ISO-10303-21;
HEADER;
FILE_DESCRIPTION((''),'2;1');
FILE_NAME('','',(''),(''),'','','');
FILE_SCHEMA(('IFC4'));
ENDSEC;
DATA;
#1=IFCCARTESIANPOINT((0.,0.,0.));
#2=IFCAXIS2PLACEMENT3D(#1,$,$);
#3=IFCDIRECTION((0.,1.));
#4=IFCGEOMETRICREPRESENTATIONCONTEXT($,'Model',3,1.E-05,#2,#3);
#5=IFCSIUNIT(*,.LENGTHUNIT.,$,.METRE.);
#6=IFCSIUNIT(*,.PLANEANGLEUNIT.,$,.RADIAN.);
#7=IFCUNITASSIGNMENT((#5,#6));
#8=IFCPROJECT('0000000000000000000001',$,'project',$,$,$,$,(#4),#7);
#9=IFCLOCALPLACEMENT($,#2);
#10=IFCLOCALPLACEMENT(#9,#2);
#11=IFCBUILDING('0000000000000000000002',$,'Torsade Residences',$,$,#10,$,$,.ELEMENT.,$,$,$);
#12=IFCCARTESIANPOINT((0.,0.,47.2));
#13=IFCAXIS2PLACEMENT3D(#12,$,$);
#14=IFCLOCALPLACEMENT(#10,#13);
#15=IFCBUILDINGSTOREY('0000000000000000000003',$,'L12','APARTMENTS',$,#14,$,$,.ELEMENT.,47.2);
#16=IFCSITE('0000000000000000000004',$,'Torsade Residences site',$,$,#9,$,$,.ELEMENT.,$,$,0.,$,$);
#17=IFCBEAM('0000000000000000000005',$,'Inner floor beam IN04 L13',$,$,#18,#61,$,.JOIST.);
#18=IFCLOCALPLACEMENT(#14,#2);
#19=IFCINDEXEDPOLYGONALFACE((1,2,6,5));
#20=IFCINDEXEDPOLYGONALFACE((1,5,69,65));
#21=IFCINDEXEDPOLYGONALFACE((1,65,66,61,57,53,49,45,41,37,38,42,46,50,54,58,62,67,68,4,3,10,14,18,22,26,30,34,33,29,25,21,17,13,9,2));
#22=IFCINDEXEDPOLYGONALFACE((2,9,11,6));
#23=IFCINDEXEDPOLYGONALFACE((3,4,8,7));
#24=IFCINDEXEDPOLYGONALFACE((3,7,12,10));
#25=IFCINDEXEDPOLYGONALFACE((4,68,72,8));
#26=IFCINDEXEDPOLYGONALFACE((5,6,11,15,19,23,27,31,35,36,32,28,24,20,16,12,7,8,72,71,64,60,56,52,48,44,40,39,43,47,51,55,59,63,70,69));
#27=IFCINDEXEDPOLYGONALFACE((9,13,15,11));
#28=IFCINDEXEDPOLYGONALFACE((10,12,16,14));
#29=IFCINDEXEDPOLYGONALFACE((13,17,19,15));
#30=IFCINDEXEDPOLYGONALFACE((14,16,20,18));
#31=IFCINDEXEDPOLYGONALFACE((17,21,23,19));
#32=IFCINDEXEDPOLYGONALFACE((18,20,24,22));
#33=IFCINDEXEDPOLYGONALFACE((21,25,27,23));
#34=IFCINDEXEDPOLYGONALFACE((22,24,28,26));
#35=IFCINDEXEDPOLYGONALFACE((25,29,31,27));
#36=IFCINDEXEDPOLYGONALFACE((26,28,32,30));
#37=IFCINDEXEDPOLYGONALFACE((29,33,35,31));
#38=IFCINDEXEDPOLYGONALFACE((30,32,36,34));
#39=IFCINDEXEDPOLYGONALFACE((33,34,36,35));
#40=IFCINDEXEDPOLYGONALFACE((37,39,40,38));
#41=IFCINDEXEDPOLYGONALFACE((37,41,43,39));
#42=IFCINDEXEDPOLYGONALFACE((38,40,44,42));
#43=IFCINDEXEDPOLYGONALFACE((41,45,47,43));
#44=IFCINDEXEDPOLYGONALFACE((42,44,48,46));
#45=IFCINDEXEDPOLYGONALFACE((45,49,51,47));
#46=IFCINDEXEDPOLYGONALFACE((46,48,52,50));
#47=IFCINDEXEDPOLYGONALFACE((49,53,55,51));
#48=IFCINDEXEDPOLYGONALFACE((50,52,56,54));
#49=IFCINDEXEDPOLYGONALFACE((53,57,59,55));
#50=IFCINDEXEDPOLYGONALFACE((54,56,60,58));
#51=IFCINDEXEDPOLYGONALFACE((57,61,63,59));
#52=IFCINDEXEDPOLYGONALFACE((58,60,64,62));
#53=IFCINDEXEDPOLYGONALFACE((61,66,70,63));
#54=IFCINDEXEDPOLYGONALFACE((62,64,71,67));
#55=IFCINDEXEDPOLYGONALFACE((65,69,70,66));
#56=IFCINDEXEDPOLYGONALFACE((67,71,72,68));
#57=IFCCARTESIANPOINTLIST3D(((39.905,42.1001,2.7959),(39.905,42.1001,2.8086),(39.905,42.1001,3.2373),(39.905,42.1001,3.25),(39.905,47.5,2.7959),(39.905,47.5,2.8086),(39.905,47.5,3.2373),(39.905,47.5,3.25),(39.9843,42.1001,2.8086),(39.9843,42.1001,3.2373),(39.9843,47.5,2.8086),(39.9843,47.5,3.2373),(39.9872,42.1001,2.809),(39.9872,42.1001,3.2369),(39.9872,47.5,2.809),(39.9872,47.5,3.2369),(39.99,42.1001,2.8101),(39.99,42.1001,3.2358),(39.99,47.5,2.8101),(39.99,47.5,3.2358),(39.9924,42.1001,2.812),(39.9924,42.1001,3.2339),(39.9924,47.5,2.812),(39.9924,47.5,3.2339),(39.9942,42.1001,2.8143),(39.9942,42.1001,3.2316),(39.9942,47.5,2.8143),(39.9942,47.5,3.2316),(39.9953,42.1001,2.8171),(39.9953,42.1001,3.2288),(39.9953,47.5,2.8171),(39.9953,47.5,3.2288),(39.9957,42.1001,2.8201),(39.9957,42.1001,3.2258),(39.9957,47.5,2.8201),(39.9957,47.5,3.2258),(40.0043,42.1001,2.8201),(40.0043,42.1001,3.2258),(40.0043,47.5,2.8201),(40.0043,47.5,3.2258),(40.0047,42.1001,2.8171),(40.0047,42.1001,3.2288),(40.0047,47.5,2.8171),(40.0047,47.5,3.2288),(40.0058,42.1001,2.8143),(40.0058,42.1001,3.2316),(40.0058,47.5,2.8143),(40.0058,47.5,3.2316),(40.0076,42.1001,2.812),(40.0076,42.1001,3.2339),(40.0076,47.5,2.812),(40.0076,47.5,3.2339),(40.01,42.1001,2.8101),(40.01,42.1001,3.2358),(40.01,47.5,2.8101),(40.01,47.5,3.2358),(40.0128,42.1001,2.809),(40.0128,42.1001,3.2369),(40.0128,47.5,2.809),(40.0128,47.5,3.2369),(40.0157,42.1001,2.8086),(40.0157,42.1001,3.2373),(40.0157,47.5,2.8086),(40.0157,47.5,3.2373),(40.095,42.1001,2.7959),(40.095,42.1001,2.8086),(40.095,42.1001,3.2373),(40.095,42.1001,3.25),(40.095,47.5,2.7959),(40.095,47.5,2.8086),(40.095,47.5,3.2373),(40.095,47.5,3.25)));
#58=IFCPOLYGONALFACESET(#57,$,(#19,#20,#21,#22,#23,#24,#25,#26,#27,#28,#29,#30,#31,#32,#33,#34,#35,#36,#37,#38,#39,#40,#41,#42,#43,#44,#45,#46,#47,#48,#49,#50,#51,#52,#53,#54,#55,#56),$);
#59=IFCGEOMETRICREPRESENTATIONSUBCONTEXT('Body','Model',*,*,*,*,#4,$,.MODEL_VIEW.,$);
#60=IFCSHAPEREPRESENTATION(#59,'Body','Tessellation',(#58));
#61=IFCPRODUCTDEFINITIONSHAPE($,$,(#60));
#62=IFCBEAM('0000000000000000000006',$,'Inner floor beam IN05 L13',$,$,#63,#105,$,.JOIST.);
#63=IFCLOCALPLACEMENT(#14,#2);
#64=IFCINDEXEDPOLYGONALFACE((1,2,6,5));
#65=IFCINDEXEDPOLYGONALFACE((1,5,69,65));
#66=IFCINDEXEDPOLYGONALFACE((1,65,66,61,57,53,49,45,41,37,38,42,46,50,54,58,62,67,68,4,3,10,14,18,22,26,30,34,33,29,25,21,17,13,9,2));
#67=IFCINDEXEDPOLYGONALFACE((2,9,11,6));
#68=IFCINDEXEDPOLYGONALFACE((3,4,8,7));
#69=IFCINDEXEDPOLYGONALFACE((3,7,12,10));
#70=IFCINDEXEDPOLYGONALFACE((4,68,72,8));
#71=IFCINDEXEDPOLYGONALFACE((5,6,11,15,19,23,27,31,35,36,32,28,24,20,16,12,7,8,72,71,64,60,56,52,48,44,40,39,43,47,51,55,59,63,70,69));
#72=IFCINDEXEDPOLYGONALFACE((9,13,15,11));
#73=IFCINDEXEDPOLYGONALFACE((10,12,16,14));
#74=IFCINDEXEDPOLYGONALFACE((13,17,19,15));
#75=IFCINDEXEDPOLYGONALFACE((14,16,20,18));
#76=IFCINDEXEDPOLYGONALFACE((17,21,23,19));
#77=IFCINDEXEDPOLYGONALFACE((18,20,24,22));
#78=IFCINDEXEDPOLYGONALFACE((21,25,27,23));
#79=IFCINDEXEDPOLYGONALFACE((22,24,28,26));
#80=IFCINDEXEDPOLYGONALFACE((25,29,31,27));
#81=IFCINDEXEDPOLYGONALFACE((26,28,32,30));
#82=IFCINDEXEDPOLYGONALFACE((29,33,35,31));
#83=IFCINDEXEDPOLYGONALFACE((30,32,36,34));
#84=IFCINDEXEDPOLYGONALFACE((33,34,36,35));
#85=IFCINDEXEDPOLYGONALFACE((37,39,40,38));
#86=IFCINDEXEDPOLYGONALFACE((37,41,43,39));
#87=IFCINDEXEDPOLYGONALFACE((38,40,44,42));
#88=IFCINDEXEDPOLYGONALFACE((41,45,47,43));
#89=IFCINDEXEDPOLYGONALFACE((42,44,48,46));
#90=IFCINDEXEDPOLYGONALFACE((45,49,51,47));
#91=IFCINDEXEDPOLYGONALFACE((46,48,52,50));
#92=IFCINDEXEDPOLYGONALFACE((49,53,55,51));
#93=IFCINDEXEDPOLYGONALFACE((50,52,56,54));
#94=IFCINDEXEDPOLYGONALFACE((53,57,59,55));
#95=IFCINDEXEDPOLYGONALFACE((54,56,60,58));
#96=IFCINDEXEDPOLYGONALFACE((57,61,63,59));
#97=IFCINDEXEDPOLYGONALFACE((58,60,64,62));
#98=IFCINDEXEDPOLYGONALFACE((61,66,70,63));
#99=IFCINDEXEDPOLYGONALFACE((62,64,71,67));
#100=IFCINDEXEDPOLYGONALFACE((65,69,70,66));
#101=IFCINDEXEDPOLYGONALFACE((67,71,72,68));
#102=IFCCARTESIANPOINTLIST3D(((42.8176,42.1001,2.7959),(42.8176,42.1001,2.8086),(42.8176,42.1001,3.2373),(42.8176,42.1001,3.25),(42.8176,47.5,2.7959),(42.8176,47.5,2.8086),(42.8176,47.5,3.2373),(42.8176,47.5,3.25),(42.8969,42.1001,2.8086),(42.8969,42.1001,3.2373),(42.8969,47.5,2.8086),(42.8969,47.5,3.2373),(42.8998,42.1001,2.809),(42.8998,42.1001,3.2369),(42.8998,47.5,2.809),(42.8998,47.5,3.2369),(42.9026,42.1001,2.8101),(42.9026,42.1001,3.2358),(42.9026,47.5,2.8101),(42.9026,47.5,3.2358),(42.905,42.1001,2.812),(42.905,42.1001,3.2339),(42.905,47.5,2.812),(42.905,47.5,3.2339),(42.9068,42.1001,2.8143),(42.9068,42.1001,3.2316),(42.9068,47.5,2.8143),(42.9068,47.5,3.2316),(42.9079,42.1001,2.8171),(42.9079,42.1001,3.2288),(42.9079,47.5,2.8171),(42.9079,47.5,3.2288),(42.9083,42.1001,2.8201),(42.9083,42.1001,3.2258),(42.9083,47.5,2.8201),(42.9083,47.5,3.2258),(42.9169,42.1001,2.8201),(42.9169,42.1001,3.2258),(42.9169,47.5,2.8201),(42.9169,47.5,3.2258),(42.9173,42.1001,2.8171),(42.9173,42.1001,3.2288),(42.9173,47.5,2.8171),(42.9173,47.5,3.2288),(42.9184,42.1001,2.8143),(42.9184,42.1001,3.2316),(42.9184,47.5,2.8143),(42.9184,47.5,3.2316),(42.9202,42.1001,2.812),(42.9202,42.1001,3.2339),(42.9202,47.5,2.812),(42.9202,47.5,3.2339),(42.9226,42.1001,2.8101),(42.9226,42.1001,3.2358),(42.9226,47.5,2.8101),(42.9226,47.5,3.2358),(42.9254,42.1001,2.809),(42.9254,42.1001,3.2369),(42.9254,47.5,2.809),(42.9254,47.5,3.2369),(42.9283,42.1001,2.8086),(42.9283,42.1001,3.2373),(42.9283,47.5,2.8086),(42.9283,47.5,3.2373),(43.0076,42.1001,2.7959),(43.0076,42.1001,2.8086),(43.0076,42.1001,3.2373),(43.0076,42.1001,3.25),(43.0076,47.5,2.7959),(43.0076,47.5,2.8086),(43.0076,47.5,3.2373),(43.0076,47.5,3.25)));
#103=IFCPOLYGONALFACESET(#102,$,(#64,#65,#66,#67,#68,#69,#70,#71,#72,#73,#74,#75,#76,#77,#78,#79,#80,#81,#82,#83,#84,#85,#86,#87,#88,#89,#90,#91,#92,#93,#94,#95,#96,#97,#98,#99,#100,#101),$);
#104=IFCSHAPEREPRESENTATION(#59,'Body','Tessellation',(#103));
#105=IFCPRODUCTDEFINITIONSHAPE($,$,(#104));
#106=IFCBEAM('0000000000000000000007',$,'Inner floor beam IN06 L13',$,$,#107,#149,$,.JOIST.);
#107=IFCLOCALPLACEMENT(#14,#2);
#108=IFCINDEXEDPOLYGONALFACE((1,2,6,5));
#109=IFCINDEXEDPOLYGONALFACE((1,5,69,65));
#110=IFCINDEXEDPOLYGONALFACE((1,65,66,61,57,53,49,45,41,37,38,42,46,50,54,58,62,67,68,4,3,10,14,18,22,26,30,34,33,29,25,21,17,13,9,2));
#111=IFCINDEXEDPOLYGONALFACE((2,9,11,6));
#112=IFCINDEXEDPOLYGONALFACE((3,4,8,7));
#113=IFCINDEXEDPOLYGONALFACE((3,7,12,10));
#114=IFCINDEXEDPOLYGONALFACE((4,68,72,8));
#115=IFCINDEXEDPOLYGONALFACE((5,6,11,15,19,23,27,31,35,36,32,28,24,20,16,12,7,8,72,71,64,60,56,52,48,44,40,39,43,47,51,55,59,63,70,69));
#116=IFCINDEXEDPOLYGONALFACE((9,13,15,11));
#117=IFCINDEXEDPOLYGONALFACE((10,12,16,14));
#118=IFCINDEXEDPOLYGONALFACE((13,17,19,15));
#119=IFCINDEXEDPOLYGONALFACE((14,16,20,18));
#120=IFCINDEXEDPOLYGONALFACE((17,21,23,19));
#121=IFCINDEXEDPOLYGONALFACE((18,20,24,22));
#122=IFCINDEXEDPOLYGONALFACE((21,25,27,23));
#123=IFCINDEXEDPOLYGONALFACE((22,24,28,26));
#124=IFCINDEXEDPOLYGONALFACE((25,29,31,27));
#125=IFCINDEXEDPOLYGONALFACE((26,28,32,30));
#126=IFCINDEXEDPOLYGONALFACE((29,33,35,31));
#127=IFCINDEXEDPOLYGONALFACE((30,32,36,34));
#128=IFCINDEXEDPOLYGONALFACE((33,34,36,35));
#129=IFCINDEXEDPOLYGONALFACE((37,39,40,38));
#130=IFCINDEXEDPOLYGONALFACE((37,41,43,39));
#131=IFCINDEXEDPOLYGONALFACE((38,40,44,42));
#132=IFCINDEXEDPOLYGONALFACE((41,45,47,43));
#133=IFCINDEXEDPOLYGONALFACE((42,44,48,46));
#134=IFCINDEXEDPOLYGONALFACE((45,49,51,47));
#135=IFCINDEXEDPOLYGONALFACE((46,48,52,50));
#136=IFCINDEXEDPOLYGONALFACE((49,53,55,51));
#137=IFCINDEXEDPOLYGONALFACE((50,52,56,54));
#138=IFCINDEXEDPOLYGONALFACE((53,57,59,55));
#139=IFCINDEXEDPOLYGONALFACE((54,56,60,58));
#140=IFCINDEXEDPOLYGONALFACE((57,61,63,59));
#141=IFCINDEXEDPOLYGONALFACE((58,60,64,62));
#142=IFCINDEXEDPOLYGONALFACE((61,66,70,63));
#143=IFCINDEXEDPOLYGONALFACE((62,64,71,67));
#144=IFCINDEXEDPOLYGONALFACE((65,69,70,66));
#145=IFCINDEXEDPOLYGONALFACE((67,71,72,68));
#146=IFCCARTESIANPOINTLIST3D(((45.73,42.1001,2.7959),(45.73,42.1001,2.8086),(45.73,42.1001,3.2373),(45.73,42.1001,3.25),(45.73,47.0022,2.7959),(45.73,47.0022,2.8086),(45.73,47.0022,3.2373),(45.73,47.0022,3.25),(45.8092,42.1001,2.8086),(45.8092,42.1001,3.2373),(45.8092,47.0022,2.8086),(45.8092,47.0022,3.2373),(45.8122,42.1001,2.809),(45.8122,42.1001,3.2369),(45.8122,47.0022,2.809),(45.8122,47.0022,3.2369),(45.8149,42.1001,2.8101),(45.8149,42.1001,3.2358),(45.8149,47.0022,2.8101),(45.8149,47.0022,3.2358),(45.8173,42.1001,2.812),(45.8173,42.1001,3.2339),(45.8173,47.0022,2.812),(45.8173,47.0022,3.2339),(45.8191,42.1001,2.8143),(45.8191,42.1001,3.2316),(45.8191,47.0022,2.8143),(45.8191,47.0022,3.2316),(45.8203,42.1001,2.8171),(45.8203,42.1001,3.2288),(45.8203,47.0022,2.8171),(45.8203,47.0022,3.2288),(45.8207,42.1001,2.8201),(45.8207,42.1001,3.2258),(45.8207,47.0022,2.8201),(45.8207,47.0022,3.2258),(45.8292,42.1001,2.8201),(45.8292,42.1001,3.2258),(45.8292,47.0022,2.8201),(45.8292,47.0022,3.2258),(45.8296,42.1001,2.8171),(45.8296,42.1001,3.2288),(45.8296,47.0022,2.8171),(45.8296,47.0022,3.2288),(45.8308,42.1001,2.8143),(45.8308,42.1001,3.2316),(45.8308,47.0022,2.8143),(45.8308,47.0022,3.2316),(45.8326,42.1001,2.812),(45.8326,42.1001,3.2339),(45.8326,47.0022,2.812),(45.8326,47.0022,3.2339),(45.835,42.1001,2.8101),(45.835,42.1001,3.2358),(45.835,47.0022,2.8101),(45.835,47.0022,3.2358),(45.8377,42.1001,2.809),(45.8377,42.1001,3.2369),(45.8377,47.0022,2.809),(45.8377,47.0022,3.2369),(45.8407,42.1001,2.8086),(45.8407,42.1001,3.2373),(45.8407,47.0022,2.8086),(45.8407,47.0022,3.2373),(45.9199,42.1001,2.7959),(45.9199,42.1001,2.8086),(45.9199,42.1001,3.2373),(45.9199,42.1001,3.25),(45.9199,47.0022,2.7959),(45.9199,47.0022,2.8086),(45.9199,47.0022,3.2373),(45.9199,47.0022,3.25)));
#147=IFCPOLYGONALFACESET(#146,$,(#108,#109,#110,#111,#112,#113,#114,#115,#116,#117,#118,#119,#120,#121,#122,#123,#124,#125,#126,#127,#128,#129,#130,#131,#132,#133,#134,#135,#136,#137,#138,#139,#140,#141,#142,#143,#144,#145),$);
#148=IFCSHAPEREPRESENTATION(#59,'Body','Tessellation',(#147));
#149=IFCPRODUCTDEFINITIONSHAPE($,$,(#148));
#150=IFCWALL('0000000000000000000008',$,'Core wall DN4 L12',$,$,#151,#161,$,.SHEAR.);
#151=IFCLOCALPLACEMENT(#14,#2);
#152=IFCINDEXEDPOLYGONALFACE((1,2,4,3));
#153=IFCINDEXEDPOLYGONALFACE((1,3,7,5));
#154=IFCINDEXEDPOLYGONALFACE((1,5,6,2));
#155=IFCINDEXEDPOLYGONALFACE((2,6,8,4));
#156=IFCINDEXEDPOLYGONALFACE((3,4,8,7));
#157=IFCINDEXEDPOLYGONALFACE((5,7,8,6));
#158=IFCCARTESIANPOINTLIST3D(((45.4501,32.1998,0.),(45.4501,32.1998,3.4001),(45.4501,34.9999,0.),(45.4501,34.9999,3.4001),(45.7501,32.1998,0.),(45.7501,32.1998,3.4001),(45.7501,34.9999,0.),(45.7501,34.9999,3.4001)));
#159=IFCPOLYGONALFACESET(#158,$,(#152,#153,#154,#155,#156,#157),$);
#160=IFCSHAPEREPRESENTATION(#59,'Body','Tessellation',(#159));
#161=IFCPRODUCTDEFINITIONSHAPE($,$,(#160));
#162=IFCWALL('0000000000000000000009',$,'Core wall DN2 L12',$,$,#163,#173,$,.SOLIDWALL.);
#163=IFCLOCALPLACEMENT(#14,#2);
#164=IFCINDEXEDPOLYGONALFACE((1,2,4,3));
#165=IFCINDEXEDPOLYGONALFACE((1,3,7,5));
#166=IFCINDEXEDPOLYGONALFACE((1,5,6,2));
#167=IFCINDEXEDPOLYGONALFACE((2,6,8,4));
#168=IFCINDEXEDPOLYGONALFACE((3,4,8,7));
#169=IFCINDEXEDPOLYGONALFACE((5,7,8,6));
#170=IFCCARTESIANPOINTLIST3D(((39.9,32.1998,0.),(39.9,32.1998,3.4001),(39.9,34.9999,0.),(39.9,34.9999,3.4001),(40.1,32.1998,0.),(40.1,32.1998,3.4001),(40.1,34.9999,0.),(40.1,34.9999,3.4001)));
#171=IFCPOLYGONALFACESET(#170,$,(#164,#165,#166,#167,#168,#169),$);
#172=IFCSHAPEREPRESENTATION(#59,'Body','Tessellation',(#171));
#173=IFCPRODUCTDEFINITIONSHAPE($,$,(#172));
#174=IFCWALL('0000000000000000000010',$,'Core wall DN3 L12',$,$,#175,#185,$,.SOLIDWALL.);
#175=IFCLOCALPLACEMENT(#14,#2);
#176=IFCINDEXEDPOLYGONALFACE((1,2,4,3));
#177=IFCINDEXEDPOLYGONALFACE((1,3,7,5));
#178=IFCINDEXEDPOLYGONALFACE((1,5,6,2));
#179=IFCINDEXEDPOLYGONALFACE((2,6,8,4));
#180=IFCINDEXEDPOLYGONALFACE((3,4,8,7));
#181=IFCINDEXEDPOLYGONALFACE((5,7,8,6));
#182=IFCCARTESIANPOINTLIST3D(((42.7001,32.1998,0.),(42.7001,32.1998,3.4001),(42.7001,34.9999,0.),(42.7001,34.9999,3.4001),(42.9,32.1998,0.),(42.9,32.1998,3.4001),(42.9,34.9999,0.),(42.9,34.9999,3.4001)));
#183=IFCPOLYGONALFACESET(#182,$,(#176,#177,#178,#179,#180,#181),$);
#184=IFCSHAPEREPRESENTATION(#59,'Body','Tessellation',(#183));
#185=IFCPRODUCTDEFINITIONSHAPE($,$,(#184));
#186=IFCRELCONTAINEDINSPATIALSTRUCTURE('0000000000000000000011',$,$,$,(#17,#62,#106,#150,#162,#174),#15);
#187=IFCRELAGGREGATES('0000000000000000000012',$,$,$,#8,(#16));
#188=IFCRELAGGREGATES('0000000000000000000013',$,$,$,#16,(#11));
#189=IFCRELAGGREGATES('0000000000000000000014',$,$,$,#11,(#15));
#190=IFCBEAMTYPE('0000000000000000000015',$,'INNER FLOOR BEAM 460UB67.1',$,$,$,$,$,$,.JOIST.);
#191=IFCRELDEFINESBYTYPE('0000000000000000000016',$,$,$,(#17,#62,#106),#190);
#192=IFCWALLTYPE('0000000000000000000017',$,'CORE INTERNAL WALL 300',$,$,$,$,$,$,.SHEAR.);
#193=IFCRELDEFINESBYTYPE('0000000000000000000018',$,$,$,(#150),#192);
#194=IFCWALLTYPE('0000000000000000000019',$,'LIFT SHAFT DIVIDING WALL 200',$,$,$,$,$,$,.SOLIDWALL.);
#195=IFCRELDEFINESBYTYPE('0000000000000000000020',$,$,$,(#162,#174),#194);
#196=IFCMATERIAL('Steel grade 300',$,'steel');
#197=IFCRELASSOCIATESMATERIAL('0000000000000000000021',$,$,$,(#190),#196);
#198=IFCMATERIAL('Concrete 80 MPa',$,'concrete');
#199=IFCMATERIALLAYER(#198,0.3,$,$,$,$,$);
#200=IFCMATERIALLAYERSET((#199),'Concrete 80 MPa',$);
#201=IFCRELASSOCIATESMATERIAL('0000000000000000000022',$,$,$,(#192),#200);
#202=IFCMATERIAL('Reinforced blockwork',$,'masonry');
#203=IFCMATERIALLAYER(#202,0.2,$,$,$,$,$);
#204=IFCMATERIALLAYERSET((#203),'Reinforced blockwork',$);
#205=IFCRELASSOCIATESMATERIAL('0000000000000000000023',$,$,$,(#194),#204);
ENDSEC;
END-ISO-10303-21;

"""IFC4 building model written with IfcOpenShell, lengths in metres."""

from ifc_helpers import new_model, si_unit, direction, frame, frame_2d, origin, origin_2d, place, context, subcontext, project, spatial, rectangle, i_section, extrude, material, layer, layer_set, material_profile, profile_set, type_object, element, save


model = new_model("IFC4")

# Units and contexts
model_context = context("Model", 3, precision=1e-05, world=origin(), true_north=direction((0.0, 1.0)))
body_context = subcontext(model_context, "Body", "Model", "MODEL_VIEW")
ifc_project = project(units=[si_unit("LENGTHUNIT", "METRE"), si_unit("PLANEANGLEUNIT", "RADIAN")], contexts=[model_context])

# Site, building, storey
site_placement = place(None, origin())
site = spatial("IfcSite", under=ifc_project, at=site_placement, Name="Torsade Residences site", CompositionType="ELEMENT", RefElevation=0.0)
building_placement = place(site_placement, origin())
building = spatial("IfcBuilding", under=site, at=building_placement, Name="Torsade Residences", CompositionType="ELEMENT")
storey_placement = place(building_placement, frame((0.0, 0.0, 47.2)))
storey = spatial("IfcBuildingStorey", under=building, at=storey_placement, Name="L12", Description="APARTMENTS", CompositionType="ELEMENT", Elevation=47.2)

# Beams
ifc_material_1 = material(Name="Steel grade 300", Category="steel")
ifc_material_profile = material_profile(ifc_material_1, i_section(OverallWidth=0.1899, OverallDepth=0.4541, WebThickness=0.0085, FlangeThickness=0.0127, FilletRadius=0.0115, at=origin_2d()), Name="460UB67.1")
ifc_profile_set = profile_set([ifc_material_profile], Name="Steel grade 300")
beam_type = type_object("IfcBeamType", Name="INNER FLOOR BEAM 460UB67.1", PredefinedType="JOIST", material=ifc_profile_set)
for number, where, z_axis, x_axis, name in (
    (1, (40.0, 42.1001, 3.0229), (0.0, 1.0, 0.0), (-1.0, 0.0, 0.0), "Inner floor beam IN04 L13"),
    (2, (42.9126, 42.1001, 3.0229), (0.0, 1.0, 0.0), (-1.0, 0.0, 0.0), "Inner floor beam IN05 L13"),
):
    element("IfcBeam", number, at=place(storey_placement, frame(where, z_axis=z_axis, x_axis=x_axis)), inside=storey, type_object=beam_type, Name=name, PredefinedType="JOIST", context=body_context, shape_type="SweptSolid", body=[
        extrude(i_section(OverallWidth=0.1899, OverallDepth=0.4541, WebThickness=0.0085, FlangeThickness=0.0127, FilletRadius=0.0115, at=origin_2d()), origin(), (0.0, 0.0, 1.0), 5.3999),
    ])
beam_placement = place(storey_placement, frame((45.825, 42.1001, 3.0229), z_axis=(0.0, 1.0, 0.0), x_axis=(-1.0, 0.0, 0.0)))
element("IfcBeam", 3, at=beam_placement, inside=storey, type_object=beam_type, Name="Inner floor beam IN06 L13", PredefinedType="JOIST", context=body_context, shape_type="SweptSolid", body=[
    extrude(i_section(OverallWidth=0.1899, OverallDepth=0.4541, WebThickness=0.0085, FlangeThickness=0.0127, FilletRadius=0.0115, at=origin_2d()), origin(), (0.0, 0.0, 1.0), 4.9021),
])

# Walls
ifc_material_2 = material(Name="Concrete 80 MPa", Category="concrete")
ifc_layer_1 = layer(ifc_material_2, 0.3)
ifc_layer_set_1 = layer_set([ifc_layer_1], Name="Concrete 80 MPa")
wall_type_1 = type_object("IfcWallType", Name="CORE INTERNAL WALL 300", PredefinedType="SHEAR", material=ifc_layer_set_1)
wall_1_placement = place(storey_placement, frame((45.6001, 32.2, 0.0), z_axis=(0.0, 0.0, 1.0), x_axis=(0.0, 1.0, 0.0)))
element("IfcWall", 4, at=wall_1_placement, inside=storey, type_object=wall_type_1, Name="Core wall DN4 L12", PredefinedType="SHEAR", context=body_context, shape_type="SweptSolid", body=[
    extrude(rectangle(XDim=2.8, YDim=0.3, at=frame_2d((1.3999, 0.0))), origin(), (0.0, 0.0, 1.0), 3.4001),
])
ifc_material_3 = material(Name="Reinforced blockwork", Category="masonry")
ifc_layer_2 = layer(ifc_material_3, 0.2)
ifc_layer_set_2 = layer_set([ifc_layer_2], Name="Reinforced blockwork")
wall_type_2 = type_object("IfcWallType", Name="LIFT SHAFT DIVIDING WALL 200", PredefinedType="SOLIDWALL", material=ifc_layer_set_2)
for number, where, z_axis, x_axis, name in (
    (5, (40.0, 32.2, 0.0), (0.0, 0.0, 1.0), (0.0, 1.0, 0.0), "Core wall DN2 L12"),
    (6, (42.8, 32.2, 0.0), (0.0, 0.0, 1.0), (0.0, 1.0, 0.0), "Core wall DN3 L12"),
):
    element("IfcWall", number, at=place(storey_placement, frame(where, z_axis=z_axis, x_axis=x_axis)), inside=storey, type_object=wall_type_2, Name=name, PredefinedType="SOLIDWALL", context=body_context, shape_type="SweptSolid", body=[
        extrude(rectangle(XDim=2.8, YDim=0.2, at=frame_2d((1.3999, 0.0))), origin(), (0.0, 0.0, 1.0), 3.4001),
    ])

save(model, "model.ifc")
